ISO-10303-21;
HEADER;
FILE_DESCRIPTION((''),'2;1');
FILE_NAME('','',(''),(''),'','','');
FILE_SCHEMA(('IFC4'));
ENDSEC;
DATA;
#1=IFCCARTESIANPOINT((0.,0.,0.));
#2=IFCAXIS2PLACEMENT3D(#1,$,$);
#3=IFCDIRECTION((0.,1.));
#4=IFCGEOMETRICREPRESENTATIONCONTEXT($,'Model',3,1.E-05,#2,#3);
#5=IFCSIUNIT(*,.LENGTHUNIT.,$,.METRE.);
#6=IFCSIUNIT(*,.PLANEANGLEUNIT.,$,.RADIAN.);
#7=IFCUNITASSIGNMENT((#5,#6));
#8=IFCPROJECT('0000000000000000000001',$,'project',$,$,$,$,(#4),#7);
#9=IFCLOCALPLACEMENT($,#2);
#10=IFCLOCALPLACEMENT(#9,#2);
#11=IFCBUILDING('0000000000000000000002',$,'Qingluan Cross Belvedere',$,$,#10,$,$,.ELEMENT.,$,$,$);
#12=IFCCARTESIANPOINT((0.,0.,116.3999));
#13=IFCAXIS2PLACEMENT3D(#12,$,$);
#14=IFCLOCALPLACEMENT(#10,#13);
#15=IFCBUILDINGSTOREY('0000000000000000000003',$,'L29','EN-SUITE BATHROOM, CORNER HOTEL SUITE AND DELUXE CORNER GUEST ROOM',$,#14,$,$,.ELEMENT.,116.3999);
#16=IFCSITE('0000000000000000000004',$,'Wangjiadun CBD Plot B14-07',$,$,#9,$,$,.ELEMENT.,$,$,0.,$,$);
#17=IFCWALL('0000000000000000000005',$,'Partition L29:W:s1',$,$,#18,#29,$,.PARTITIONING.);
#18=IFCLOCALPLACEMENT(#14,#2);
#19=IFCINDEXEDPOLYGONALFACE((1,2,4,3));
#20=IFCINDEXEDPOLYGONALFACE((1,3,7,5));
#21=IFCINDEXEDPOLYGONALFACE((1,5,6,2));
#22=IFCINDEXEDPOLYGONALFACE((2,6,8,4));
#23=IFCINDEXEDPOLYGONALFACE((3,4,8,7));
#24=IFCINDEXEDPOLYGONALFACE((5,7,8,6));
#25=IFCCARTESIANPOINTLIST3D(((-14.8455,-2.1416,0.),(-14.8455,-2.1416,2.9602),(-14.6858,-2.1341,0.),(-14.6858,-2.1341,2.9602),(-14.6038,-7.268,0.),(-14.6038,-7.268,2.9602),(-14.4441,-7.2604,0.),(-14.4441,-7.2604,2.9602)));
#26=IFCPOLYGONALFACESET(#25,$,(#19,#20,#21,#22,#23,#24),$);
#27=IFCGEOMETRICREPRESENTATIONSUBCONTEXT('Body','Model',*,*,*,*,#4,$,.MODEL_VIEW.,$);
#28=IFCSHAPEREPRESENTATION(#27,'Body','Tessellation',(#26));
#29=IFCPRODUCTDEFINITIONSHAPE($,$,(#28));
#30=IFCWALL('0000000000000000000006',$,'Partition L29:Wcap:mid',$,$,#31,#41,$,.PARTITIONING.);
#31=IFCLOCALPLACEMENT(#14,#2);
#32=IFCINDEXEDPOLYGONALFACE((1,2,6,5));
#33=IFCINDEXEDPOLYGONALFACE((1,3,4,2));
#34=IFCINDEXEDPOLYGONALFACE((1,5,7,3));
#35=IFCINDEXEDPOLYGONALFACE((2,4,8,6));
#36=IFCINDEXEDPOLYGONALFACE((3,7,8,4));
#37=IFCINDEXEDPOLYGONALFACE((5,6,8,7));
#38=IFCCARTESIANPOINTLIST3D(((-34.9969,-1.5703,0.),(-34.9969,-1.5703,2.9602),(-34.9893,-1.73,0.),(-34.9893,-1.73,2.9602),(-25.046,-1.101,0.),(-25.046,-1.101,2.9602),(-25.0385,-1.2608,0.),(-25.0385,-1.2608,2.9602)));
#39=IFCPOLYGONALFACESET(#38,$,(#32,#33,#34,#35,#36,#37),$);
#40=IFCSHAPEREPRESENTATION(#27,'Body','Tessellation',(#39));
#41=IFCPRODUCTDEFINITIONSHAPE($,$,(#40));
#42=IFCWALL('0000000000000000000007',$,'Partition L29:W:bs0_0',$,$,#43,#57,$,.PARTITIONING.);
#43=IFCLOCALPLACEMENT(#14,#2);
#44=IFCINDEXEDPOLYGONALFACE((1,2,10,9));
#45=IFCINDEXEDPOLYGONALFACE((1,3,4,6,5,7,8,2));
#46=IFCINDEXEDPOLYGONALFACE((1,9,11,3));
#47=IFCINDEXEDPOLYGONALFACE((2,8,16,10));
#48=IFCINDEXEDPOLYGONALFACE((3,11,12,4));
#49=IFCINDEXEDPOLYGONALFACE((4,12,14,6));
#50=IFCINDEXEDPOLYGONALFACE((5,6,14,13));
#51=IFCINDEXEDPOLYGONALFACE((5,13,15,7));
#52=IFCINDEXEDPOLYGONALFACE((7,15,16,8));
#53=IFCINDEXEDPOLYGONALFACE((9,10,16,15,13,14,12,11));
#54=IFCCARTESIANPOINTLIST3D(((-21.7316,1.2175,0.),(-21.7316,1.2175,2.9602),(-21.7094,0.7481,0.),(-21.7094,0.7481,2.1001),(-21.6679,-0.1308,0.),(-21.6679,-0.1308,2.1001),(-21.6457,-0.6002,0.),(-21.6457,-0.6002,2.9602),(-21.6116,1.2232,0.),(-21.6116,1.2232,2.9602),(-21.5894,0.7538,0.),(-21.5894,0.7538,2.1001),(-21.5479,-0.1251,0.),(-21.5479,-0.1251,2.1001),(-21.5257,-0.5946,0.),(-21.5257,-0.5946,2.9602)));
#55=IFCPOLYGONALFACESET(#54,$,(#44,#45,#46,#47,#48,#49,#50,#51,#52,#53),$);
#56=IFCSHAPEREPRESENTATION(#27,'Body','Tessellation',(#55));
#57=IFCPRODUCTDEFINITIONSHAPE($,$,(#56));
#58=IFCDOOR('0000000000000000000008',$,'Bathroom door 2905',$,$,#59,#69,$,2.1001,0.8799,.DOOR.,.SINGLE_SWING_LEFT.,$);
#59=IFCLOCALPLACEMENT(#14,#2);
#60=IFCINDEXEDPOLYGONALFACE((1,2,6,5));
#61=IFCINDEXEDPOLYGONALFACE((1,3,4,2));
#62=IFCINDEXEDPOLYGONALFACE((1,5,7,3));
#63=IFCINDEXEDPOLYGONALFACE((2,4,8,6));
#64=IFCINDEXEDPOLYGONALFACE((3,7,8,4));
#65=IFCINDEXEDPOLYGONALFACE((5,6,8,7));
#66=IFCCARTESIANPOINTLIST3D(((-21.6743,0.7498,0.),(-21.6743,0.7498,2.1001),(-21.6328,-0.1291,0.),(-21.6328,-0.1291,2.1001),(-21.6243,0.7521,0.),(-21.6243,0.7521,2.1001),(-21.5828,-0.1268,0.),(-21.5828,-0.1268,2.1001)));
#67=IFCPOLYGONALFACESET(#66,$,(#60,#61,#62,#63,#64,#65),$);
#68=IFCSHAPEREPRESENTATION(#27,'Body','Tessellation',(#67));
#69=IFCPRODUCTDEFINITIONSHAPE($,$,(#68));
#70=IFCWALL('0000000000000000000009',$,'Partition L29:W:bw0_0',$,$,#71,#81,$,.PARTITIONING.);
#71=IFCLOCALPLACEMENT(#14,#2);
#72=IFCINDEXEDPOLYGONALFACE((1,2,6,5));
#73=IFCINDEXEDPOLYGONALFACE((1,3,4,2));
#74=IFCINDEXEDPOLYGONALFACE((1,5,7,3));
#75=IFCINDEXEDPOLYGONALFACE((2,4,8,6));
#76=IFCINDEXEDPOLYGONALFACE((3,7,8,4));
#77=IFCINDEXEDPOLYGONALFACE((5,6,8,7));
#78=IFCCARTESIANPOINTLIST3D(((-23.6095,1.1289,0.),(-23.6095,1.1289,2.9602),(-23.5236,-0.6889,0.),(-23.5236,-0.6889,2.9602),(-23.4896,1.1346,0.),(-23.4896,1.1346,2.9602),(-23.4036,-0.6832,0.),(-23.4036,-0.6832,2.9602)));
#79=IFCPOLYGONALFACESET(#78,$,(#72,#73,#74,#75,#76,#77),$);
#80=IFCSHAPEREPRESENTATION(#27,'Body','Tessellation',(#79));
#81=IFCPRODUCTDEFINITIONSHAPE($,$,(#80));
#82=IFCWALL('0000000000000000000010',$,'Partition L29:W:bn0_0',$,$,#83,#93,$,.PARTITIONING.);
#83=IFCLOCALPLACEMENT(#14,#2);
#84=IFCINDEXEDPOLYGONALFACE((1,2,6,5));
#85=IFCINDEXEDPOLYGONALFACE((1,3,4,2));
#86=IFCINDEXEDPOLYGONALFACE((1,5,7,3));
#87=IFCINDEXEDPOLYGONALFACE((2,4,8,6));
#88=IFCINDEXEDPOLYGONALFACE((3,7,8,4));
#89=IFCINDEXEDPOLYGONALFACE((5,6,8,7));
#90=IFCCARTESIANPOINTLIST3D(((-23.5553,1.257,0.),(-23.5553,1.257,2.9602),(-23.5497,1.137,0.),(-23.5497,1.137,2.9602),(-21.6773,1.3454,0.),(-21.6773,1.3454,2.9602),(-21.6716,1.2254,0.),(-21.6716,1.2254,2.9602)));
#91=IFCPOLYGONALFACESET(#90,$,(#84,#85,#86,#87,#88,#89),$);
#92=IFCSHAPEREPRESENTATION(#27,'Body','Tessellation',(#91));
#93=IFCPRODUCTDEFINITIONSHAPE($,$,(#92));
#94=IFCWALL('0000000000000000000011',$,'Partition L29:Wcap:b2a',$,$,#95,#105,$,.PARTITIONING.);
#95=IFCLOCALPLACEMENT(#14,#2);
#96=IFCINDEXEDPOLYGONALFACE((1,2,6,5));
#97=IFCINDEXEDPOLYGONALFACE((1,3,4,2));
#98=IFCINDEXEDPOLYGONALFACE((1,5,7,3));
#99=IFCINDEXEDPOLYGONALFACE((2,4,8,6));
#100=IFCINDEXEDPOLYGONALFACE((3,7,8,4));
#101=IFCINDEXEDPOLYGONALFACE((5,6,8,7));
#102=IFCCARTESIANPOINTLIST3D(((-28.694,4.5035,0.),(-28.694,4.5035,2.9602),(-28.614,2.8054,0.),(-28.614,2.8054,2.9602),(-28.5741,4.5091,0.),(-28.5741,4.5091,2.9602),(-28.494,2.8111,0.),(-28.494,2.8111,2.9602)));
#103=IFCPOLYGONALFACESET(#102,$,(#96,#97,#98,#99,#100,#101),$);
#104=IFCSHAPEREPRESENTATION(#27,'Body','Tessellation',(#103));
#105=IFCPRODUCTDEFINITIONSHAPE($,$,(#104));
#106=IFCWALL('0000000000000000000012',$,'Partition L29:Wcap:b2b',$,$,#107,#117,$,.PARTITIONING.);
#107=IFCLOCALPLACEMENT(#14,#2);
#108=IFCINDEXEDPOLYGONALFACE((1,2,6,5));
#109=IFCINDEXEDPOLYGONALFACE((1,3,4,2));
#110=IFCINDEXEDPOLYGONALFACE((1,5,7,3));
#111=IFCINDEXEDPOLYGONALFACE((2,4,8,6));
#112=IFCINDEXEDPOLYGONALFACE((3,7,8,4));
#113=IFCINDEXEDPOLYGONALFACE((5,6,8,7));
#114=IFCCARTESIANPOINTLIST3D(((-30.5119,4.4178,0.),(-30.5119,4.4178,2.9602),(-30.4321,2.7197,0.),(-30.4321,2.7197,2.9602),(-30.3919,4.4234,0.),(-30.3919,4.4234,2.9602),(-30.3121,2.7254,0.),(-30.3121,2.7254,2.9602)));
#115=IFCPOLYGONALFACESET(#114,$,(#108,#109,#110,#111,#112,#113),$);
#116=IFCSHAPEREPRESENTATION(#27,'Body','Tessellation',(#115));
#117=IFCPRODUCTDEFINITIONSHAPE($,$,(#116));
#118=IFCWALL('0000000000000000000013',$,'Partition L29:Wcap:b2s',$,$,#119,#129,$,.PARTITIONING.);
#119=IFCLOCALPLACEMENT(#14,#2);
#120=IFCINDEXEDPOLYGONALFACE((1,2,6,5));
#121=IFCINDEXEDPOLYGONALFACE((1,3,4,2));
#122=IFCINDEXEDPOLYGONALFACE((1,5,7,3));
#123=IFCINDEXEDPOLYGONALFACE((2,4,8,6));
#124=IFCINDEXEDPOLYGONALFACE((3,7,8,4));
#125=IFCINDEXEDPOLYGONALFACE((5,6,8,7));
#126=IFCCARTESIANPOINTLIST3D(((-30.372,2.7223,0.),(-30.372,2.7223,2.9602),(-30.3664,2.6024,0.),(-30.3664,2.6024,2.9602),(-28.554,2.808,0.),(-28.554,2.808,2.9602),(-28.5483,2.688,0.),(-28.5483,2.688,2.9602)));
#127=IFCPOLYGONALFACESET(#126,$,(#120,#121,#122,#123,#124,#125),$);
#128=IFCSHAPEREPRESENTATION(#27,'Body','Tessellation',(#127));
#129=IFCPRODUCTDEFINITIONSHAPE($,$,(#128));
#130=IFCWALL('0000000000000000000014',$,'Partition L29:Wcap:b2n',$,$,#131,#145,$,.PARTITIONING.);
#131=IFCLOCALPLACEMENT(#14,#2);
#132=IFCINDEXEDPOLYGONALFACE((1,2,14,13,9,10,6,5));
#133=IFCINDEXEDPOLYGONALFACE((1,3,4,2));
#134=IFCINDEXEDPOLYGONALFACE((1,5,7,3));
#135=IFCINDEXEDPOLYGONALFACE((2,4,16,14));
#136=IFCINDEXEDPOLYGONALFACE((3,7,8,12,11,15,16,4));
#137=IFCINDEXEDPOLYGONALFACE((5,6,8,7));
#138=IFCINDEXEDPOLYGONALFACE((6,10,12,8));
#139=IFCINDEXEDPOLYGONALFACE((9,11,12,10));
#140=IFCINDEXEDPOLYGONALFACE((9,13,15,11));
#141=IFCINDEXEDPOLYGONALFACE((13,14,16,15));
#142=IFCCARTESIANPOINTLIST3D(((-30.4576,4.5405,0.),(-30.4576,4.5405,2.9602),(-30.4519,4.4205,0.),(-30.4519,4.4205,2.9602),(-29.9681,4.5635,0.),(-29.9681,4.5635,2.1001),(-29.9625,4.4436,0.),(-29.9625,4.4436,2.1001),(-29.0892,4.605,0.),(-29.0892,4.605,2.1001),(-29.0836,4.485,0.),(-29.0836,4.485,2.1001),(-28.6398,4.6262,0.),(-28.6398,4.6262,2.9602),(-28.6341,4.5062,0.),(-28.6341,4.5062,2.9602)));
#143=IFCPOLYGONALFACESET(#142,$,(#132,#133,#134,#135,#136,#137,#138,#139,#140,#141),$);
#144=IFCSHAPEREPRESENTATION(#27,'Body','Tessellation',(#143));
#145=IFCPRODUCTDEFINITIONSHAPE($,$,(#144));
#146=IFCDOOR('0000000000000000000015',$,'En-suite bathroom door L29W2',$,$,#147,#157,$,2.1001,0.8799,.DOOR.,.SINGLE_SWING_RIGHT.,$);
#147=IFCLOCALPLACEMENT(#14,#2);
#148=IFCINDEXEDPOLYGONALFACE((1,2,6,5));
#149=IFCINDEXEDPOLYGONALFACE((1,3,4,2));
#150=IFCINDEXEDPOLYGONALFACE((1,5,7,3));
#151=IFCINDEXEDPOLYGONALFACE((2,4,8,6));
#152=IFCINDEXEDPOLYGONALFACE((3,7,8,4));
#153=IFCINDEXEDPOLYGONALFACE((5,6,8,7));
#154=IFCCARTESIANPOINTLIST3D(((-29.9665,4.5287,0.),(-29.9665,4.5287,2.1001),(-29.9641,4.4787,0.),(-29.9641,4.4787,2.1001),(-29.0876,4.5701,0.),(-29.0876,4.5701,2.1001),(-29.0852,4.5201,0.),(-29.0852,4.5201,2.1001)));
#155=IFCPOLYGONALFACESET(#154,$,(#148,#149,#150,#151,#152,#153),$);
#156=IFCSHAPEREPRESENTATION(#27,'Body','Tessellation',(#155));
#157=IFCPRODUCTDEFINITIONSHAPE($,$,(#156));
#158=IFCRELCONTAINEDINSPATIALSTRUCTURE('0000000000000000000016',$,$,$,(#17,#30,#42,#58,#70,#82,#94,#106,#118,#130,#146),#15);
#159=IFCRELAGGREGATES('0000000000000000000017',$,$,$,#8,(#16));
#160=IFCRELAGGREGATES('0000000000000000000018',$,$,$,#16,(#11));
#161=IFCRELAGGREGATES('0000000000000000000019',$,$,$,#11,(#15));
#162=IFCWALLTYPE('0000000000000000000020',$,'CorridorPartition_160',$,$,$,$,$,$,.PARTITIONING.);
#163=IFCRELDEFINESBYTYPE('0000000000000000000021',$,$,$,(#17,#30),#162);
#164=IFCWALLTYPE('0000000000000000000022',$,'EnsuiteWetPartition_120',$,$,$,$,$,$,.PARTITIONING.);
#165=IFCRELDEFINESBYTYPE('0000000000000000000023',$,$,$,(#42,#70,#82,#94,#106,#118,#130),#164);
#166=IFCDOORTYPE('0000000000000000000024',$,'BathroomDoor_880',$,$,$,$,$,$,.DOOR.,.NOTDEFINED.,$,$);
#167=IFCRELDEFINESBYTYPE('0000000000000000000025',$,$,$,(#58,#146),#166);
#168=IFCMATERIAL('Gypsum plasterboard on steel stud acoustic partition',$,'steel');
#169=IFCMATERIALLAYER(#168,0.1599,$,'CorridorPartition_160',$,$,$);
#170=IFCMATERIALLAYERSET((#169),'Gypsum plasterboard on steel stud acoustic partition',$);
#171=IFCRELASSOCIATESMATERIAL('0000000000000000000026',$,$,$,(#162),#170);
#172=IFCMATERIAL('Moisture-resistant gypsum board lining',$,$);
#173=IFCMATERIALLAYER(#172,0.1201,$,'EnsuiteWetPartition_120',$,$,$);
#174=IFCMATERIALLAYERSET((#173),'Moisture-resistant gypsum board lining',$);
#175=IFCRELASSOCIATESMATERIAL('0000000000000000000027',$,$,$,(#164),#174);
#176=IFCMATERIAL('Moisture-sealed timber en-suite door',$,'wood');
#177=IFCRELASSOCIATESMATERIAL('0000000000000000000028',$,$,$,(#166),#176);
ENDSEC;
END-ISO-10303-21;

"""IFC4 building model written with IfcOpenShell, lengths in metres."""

from ifc_helpers import new_model, si_unit, direction, frame, frame_2d, origin, place, context, subcontext, project, spatial, rectangle, extrude, material, layer, layer_set, type_object, element, fill, save


model = new_model("IFC4")

# Units and contexts
model_context = context("Model", 3, precision=1e-05, world=origin(), true_north=direction((0.0, 1.0)))
body_context = subcontext(model_context, "Body", "Model", "MODEL_VIEW")
ifc_project = project(units=[si_unit("LENGTHUNIT", "METRE"), si_unit("PLANEANGLEUNIT", "RADIAN")], contexts=[model_context])

# Site, building, storey
site_placement = place(None, origin())
site = spatial("IfcSite", under=ifc_project, at=site_placement, Name="Wangjiadun CBD Plot B14-07", CompositionType="ELEMENT", RefElevation=0.0)
building_placement = place(site_placement, origin())
building = spatial("IfcBuilding", under=site, at=building_placement, Name="Qingluan Cross Belvedere", CompositionType="ELEMENT")
storey_placement = place(building_placement, frame((0.0, 0.0, 116.3999)))
storey = spatial("IfcBuildingStorey", under=building, at=storey_placement, Name="L29", Description="EN-SUITE BATHROOM, CORNER HOTEL SUITE AND DELUXE CORNER GUEST ROOM", CompositionType="ELEMENT", Elevation=116.3999)

# Shared definitions
ifc_material_1 = material(Name="Gypsum plasterboard on steel stud acoustic partition", Category="steel")
ifc_layer_1 = layer(ifc_material_1, 0.1599, Name="CorridorPartition_160")
ifc_layer_set_1 = layer_set([ifc_layer_1], Name="Gypsum plasterboard on steel stud acoustic partition")
wall_type_1 = type_object("IfcWallType", Name="CorridorPartition_160", PredefinedType="PARTITIONING", material=ifc_layer_set_1)

# Walls
wall_1_placement = place(storey_placement, frame((-14.7656, -2.1379, 0.0), z_axis=(0.0, 0.0, 1.0), x_axis=(0.047095, -0.99889, 0.0)))
element("IfcWall", 1, at=wall_1_placement, inside=storey, type_object=wall_type_1, Name="Partition L29:W:s1", PredefinedType="PARTITIONING", context=body_context, shape_type="SweptSolid", body=[
    extrude(rectangle(XDim=5.1321, YDim=0.1599, at=frame_2d((2.5659, 0.0))), origin(), (0.0, 0.0, 1.0), 2.9602),
])
wall_2_placement = place(storey_placement, frame((-25.0422, -1.1809, 0.0), z_axis=(0.0, 0.0, 1.0), x_axis=(-0.99889, -0.047103, 0.0)))
element("IfcWall", 2, at=wall_2_placement, inside=storey, type_object=wall_type_1, Name="Partition L29:Wcap:mid", PredefinedType="PARTITIONING", context=body_context, shape_type="SweptSolid", body=[
    extrude(rectangle(XDim=9.9619, YDim=0.1599, at=frame_2d((4.981, 0.0))), origin(), (0.0, 0.0, 1.0), 2.9602),
])

# Wall, opening, door
ifc_material_2 = material(Name="Moisture-resistant gypsum board lining")
ifc_layer_2 = layer(ifc_material_2, 0.1201, Name="EnsuiteWetPartition_120")
ifc_layer_set_2 = layer_set([ifc_layer_2], Name="Moisture-resistant gypsum board lining")
wall_type_2 = type_object("IfcWallType", Name="EnsuiteWetPartition_120", PredefinedType="PARTITIONING", material=ifc_layer_set_2)
wall_3_placement = place(storey_placement, frame((-21.5857, -0.5974, 0.0), z_axis=(0.0, 0.0, 1.0), x_axis=(-0.047221, 0.998884, 0.0)))
wall_3 = element("IfcWall", 3, at=wall_3_placement, inside=storey, type_object=wall_type_2, Name="Partition L29:W:bs0_0", PredefinedType="PARTITIONING", context=body_context, shape_type="SweptSolid", body=[
    extrude(rectangle(XDim=1.8198, YDim=0.1201, at=frame_2d((0.9099, 0.0))), origin(), (0.0, 0.0, 1.0), 2.9602),
])
opening_1_placement = place(wall_3_placement, frame((0.47, 0.0, 0.0)))
opening_1 = element("IfcOpeningElement", 4, at=opening_1_placement, cuts=wall_3, PredefinedType="OPENING", context=body_context, shape_type="SweptSolid", body=[
    extrude(rectangle(XDim=0.8799, YDim=2.1001, at=frame_2d((0.4399, 1.05))), frame((0.0, 0.0701, 0.0), z_axis=(0.0, -1.0, 0.0), x_axis=(1.0, 0.0, 0.0)), (0.0, 0.0, 1.0), 0.1401),
])
ifc_material_3 = material(Name="Moisture-sealed timber en-suite door", Category="wood")
door_type_1 = type_object("IfcDoorType", Name="BathroomDoor_880", OperationType="NOTDEFINED", PredefinedType="DOOR", material=ifc_material_3)
door_1_placement = place(opening_1_placement, origin())
door_1 = element("IfcDoor", 5, at=door_1_placement, inside=storey, type_object=door_type_1, Name="Bathroom door 2905", OperationType="SINGLE_SWING_LEFT", OverallHeight=2.1001, OverallWidth=0.8799, PredefinedType="DOOR", context=body_context, shape_type="SweptSolid", body=[
    extrude(rectangle(XDim=0.8799, YDim=2.1001, at=frame_2d((0.4399, 1.05))), frame((0.0, 0.0249, 0.0), z_axis=(0.0, -1.0, 0.0), x_axis=(1.0, 0.0, 0.0)), (0.0, 0.0, 1.0), 0.05),
])
fill(opening_1, door_1)

# Walls
wall_4_placement = place(storey_placement, frame((-23.4636, -0.686, 0.0), z_axis=(0.0, 0.0, 1.0), x_axis=(-0.047221, 0.998884, 0.0)))
element("IfcWall", 6, at=wall_4_placement, inside=storey, type_object=wall_type_2, Name="Partition L29:W:bw0_0", PredefinedType="PARTITIONING", context=body_context, shape_type="SweptSolid", body=[
    extrude(rectangle(XDim=1.8198, YDim=0.1201, at=frame_2d((0.9099, 0.0))), origin(), (0.0, 0.0, 1.0), 2.9602),
])
wall_5_placement = place(storey_placement, frame((-21.6746, 1.2854, 0.0), z_axis=(0.0, 0.0, 1.0), x_axis=(-0.998894, -0.04701, 0.0)))
element("IfcWall", 7, at=wall_5_placement, inside=storey, type_object=wall_type_2, Name="Partition L29:W:bn0_0", PredefinedType="PARTITIONING", context=body_context, shape_type="SweptSolid", body=[
    extrude(rectangle(XDim=1.8801, YDim=0.1201, at=frame_2d((0.9399, 0.0))), origin(), (0.0, 0.0, 1.0), 2.9602),
])
for number, where, z_axis, x_axis, name in (
    (8, (-28.554, 2.8081, 0.0), (0.0, 0.0, 1.0), (-0.047108, 0.99889, 0.0), "Partition L29:Wcap:b2a"),
    (9, (-30.3721, 2.7224, 0.0), (0.0, 0.0, 1.0), (-0.046965, 0.998897, 0.0), "Partition L29:Wcap:b2b"),
):
    element("IfcWall", number, at=place(storey_placement, frame(where, z_axis=z_axis, x_axis=x_axis)), inside=storey, type_object=wall_type_2, Name=name, PredefinedType="PARTITIONING", context=body_context, shape_type="SweptSolid", body=[
        extrude(rectangle(XDim=1.7, YDim=0.1201, at=frame_2d((0.8501, 0.0))), origin(), (0.0, 0.0, 1.0), 2.9602),
    ])
wall_6_placement = place(storey_placement, frame((-28.551, 2.748, 0.0), z_axis=(0.0, 0.0, 1.0), x_axis=(-0.998891, -0.047081, 0.0)))
element("IfcWall", 10, at=wall_6_placement, inside=storey, type_object=wall_type_2, Name="Partition L29:Wcap:b2s", PredefinedType="PARTITIONING", context=body_context, shape_type="SweptSolid", body=[
    extrude(rectangle(XDim=1.8201, YDim=0.1201, at=frame_2d((0.9102, 0.0))), origin(), (0.0, 0.0, 1.0), 2.9602),
])

# Wall, opening, door
wall_7_placement = place(storey_placement, frame((-28.637, 4.5662, 0.0), z_axis=(0.0, 0.0, 1.0), x_axis=(-0.998891, -0.047087, 0.0)))
wall_7 = element("IfcWall", 11, at=wall_7_placement, inside=storey, type_object=wall_type_2, Name="Partition L29:Wcap:b2n", PredefinedType="PARTITIONING", context=body_context, shape_type="SweptSolid", body=[
    extrude(rectangle(XDim=1.8198, YDim=0.1201, at=frame_2d((0.9099, 0.0))), origin(), (0.0, 0.0, 1.0), 2.9602),
])
opening_2_placement = place(wall_7_placement, frame((0.45, 0.0, 0.0)))
opening_2 = element("IfcOpeningElement", 12, at=opening_2_placement, cuts=wall_7, PredefinedType="OPENING", context=body_context, shape_type="SweptSolid", body=[
    extrude(rectangle(XDim=0.8799, YDim=2.1001, at=frame_2d((0.4399, 1.05))), frame((0.0, 0.0701, 0.0), z_axis=(0.0, -1.0, 0.0), x_axis=(1.0, 0.0, 0.0)), (0.0, 0.0, 1.0), 0.1401),
])
door_2_placement = place(opening_2_placement, origin())
door_2 = element("IfcDoor", 13, at=door_2_placement, inside=storey, type_object=door_type_1, Name="En-suite bathroom door L29W2", OperationType="SINGLE_SWING_RIGHT", OverallHeight=2.1001, OverallWidth=0.8799, PredefinedType="DOOR", context=body_context, shape_type="SweptSolid", body=[
    extrude(rectangle(XDim=0.8799, YDim=2.1001, at=frame_2d((0.4399, 1.05))), frame((0.0, 0.0249, 0.0), z_axis=(0.0, -1.0, 0.0), x_axis=(1.0, 0.0, 0.0)), (0.0, 0.0, 1.0), 0.05),
])
fill(opening_2, door_2)

save(model, "model.ifc")
